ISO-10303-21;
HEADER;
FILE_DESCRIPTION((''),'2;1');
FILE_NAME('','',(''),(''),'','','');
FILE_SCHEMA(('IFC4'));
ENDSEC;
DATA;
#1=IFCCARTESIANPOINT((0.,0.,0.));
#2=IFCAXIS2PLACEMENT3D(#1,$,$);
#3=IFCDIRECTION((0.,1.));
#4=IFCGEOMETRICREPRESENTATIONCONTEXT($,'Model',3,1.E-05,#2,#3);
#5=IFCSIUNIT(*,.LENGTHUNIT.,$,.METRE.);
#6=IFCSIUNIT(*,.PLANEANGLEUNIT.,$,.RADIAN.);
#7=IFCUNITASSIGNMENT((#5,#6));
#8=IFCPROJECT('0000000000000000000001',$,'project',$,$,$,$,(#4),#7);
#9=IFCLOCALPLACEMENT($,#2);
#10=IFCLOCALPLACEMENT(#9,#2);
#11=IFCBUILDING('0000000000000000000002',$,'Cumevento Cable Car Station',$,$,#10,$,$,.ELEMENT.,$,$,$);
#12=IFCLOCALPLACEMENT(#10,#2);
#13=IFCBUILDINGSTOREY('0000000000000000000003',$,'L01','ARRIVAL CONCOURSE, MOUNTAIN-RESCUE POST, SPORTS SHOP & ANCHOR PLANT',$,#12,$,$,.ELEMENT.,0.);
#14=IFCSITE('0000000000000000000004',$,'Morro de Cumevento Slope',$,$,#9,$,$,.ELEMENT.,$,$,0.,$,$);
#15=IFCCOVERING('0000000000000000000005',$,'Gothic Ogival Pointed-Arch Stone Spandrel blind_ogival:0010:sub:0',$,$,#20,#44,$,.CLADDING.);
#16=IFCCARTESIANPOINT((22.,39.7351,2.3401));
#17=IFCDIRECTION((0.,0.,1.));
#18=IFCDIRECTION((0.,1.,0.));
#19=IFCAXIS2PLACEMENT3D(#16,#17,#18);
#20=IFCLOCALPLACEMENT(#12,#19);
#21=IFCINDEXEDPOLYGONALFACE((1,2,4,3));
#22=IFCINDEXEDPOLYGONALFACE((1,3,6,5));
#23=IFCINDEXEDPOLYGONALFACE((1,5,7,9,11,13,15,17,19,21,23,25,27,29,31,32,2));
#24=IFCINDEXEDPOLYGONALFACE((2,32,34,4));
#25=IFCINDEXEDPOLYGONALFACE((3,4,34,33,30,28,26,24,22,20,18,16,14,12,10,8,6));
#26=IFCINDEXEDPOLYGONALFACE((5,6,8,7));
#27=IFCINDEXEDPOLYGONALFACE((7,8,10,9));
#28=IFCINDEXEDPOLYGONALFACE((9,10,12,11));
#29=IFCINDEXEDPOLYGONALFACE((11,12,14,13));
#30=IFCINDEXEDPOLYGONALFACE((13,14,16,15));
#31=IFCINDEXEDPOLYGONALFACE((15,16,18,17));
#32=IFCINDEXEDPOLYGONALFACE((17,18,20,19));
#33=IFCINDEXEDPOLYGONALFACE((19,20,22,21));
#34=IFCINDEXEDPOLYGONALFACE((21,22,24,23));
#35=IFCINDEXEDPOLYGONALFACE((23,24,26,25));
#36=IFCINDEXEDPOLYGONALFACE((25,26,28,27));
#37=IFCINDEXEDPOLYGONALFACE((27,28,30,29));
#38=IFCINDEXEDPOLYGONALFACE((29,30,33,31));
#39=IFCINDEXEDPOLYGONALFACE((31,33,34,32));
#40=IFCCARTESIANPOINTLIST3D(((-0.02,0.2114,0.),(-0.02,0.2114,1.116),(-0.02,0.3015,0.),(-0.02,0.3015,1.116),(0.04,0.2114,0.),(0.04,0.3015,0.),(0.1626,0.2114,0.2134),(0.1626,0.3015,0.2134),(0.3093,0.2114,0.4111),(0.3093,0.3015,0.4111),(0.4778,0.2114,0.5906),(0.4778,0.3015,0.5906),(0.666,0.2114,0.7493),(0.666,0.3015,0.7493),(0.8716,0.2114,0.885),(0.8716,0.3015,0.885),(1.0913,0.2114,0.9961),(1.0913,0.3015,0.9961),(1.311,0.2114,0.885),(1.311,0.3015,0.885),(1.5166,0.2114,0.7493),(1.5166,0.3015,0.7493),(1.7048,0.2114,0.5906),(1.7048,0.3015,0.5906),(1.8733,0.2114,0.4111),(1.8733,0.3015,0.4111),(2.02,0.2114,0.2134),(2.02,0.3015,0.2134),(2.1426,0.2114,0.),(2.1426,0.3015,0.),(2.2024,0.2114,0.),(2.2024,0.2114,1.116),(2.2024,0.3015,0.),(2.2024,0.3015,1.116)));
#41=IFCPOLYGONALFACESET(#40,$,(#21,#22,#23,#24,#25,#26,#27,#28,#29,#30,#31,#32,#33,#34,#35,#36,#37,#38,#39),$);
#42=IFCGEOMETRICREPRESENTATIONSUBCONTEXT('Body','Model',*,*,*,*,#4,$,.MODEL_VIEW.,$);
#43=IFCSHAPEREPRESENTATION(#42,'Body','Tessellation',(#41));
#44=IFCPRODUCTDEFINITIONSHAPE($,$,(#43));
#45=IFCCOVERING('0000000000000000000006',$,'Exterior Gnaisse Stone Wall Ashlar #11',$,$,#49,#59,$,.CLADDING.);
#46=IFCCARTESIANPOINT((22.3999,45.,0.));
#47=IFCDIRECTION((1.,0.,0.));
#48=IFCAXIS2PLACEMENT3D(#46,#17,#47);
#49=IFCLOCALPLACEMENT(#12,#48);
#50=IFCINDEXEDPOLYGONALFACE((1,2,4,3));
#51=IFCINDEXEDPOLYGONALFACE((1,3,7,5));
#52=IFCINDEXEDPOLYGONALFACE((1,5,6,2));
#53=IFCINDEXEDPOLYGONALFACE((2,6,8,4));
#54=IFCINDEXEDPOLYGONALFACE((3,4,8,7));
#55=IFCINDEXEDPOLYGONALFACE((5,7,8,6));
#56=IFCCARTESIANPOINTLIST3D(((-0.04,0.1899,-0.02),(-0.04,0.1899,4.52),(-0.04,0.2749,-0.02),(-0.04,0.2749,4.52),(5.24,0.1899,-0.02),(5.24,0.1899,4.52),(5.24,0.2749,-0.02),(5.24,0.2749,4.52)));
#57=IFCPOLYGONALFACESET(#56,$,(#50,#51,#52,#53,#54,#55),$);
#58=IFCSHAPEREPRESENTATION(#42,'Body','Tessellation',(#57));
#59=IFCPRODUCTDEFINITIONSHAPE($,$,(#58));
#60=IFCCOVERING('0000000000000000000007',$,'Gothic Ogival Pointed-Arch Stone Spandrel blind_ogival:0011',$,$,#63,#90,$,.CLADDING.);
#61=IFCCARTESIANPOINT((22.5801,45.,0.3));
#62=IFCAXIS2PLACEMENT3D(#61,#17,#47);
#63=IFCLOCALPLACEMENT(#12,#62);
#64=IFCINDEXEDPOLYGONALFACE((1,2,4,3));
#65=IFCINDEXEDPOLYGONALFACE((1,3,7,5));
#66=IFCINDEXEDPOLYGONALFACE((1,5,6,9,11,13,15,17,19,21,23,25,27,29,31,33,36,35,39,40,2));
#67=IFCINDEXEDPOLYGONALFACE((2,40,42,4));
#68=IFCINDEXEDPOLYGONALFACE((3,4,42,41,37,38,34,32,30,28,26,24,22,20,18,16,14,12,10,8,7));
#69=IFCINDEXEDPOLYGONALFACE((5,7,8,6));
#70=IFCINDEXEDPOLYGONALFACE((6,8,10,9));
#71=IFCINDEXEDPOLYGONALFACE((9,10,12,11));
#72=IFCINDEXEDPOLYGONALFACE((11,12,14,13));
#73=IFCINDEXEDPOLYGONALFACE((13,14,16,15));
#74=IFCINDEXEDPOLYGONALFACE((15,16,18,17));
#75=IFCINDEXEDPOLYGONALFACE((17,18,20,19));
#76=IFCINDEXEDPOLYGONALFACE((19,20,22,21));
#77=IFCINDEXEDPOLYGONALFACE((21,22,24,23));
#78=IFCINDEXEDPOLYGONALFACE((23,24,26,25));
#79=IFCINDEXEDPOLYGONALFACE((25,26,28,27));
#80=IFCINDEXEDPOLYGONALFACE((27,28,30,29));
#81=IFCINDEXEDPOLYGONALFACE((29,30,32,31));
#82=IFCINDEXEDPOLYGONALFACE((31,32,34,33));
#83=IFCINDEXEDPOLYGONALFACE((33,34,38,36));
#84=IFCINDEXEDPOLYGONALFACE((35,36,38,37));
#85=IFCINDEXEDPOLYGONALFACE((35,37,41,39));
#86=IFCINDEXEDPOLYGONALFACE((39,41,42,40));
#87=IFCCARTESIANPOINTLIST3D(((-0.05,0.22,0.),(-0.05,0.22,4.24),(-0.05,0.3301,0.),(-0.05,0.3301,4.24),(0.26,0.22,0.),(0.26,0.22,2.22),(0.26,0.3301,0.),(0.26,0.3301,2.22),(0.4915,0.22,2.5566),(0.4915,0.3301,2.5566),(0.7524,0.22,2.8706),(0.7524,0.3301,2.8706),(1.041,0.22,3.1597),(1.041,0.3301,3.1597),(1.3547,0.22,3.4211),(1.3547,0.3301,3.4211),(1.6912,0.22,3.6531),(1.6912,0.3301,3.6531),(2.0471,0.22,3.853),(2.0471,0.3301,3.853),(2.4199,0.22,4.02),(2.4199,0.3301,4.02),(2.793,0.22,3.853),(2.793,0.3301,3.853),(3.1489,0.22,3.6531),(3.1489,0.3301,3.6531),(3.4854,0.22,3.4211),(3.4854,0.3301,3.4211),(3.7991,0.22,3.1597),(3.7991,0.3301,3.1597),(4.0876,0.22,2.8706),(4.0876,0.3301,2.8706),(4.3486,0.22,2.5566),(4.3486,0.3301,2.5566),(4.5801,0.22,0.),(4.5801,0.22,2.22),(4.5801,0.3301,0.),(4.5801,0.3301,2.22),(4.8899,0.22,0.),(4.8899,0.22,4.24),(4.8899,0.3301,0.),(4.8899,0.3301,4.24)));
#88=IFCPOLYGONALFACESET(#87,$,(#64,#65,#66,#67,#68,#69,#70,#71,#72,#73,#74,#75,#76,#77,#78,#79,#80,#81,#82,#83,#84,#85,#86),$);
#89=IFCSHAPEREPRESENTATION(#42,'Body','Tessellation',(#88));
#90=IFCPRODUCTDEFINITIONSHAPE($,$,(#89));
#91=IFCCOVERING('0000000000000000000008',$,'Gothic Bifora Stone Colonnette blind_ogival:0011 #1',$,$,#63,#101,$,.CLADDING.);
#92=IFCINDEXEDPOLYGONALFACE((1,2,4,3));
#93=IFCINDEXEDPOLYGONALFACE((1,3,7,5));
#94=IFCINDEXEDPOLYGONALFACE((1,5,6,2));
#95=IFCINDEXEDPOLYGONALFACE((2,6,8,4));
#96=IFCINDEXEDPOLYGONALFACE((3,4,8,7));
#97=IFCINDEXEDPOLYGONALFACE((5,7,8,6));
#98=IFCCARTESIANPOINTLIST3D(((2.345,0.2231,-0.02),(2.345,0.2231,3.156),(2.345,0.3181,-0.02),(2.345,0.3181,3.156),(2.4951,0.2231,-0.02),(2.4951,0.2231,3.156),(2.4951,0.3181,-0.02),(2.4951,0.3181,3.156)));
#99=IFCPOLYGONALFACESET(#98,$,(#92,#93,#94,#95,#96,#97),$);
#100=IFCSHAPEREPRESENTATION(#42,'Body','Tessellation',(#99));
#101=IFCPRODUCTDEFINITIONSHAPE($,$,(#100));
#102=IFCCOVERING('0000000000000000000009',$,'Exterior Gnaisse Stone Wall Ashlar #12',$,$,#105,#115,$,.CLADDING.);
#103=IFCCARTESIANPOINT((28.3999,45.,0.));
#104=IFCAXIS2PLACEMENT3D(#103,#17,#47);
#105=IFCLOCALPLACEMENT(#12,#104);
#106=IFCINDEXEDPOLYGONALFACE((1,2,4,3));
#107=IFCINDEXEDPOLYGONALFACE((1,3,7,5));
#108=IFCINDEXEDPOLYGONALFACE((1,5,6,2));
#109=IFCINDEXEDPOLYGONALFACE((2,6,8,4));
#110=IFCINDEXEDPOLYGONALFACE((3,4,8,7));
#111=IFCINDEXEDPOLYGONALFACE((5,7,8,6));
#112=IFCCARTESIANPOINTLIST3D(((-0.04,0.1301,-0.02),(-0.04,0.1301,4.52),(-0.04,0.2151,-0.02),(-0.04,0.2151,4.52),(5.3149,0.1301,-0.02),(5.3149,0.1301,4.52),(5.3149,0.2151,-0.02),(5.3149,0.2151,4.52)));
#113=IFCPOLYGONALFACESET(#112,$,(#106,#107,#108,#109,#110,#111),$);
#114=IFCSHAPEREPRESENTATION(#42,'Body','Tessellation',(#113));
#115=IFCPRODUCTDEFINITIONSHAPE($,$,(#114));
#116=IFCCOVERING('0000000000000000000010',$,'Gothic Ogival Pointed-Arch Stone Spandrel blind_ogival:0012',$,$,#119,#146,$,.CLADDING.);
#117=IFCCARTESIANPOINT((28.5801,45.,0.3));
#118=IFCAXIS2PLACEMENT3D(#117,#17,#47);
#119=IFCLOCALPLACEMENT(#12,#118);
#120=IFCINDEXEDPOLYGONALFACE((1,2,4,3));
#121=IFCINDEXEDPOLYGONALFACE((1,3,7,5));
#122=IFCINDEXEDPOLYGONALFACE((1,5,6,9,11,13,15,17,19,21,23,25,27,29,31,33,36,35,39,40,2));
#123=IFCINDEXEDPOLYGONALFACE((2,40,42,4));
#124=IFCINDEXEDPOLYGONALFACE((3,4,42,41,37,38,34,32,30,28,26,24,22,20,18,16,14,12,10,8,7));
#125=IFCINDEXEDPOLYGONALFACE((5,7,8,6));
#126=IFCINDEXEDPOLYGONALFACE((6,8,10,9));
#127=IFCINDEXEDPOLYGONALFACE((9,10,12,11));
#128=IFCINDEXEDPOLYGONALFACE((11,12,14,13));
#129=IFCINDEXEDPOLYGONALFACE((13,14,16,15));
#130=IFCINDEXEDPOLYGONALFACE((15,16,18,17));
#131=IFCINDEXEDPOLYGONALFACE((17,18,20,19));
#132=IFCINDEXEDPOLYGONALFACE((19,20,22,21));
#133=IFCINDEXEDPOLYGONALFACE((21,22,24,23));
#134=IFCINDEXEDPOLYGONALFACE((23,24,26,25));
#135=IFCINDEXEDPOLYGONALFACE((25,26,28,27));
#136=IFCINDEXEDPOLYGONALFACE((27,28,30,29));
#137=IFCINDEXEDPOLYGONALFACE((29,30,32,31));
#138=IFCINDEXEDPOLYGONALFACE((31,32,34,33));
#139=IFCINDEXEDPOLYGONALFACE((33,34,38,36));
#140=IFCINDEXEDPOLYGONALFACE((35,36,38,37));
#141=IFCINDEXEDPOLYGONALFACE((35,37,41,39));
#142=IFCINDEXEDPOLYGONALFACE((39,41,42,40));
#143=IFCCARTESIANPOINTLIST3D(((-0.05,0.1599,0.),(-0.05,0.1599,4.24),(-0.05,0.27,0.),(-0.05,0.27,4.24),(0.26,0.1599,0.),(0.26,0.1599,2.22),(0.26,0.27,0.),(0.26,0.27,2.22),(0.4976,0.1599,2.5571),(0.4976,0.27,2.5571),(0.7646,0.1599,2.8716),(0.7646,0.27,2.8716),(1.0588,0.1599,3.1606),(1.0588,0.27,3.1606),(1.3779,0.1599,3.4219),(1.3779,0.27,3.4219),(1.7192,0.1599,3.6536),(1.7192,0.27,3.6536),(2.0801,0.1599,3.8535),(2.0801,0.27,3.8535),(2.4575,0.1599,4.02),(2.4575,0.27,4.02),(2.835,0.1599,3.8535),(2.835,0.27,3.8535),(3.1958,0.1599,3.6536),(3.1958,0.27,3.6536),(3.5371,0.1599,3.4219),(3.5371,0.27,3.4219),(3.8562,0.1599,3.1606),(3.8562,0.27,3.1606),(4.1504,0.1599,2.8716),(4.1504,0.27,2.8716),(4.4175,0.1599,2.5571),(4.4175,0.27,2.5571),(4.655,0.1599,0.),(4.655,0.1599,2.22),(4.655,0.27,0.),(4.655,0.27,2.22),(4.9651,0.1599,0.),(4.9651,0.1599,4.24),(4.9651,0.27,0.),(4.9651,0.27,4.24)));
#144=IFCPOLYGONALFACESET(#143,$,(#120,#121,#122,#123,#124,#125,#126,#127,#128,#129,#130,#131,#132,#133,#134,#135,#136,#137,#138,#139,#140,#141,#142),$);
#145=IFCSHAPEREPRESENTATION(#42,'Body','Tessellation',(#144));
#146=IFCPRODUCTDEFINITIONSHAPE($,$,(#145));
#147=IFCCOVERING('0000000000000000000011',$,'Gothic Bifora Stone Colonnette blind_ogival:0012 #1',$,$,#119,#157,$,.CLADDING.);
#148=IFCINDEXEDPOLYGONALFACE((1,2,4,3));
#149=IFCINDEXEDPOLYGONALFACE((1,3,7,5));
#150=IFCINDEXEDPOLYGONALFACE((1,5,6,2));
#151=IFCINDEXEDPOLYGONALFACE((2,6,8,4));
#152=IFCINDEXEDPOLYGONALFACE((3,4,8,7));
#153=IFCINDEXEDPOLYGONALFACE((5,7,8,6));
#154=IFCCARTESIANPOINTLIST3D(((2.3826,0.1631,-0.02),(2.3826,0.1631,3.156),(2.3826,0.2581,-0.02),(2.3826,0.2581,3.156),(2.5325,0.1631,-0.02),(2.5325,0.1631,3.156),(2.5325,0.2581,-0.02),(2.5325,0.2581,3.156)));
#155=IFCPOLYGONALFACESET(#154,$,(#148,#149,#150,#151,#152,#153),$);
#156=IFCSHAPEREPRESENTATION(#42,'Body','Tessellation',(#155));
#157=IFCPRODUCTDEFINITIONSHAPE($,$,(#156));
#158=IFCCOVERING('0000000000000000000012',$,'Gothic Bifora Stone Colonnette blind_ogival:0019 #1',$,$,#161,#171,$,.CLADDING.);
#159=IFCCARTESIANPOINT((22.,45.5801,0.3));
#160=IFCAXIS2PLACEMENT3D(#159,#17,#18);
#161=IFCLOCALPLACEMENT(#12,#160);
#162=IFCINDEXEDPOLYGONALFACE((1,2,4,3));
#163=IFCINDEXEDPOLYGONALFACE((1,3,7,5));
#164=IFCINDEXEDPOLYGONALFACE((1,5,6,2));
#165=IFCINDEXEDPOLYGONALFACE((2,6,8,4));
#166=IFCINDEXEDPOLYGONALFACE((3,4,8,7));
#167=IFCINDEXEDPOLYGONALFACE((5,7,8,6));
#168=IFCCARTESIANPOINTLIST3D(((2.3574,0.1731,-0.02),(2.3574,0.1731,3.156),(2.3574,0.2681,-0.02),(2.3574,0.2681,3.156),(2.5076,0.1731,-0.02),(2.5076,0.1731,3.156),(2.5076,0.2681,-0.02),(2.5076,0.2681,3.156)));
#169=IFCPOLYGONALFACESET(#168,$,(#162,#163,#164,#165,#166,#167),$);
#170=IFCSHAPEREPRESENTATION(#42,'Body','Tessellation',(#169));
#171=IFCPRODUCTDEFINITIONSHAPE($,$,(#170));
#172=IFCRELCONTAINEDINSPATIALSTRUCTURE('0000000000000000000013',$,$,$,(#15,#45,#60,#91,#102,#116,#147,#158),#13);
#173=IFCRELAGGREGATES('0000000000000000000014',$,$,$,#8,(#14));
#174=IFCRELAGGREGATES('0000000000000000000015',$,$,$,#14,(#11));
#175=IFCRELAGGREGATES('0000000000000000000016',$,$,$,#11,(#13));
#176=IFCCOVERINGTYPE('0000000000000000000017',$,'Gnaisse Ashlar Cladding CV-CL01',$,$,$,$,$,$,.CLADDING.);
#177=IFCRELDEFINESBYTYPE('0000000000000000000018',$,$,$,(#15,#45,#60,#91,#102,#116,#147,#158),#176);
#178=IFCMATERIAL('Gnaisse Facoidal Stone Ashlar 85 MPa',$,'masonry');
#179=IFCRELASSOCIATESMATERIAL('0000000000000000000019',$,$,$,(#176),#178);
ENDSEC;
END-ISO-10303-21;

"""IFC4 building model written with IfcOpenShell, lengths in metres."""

from ifc_helpers import new_model, si_unit, direction, frame, origin, place, context, subcontext, project, spatial, polyline, outline, extrude, material, type_object, element, save


model = new_model("IFC4")

# Units and contexts
model_context = context("Model", 3, precision=1e-05, world=origin(), true_north=direction((0.0, 1.0)))
body_context = subcontext(model_context, "Body", "Model", "MODEL_VIEW")
ifc_project = project(units=[si_unit("LENGTHUNIT", "METRE"), si_unit("PLANEANGLEUNIT", "RADIAN")], contexts=[model_context])

# Site, building, storey
site_placement = place(None, origin())
site = spatial("IfcSite", under=ifc_project, at=site_placement, Name="Morro de Cumevento Slope", CompositionType="ELEMENT", RefElevation=0.0)
building_placement = place(site_placement, origin())
building = spatial("IfcBuilding", under=site, at=building_placement, Name="Cumevento Cable Car Station", CompositionType="ELEMENT")
storey_placement = place(building_placement, origin())
storey = spatial("IfcBuildingStorey", under=building, at=storey_placement, Name="L01", Description="ARRIVAL CONCOURSE, MOUNTAIN-RESCUE POST, SPORTS SHOP & ANCHOR PLANT", CompositionType="ELEMENT", Elevation=0.0)

# Coverings
ifc_material_1 = material(Name="Gnaisse Facoidal Stone Ashlar 85 MPa", Category="masonry")
covering_type = type_object("IfcCoveringType", Name="Gnaisse Ashlar Cladding CV-CL01", PredefinedType="CLADDING", material=ifc_material_1)
covering_1_placement = place(storey_placement, frame((22.0, 39.7351, 2.3401), z_axis=(0.0, 0.0, 1.0), x_axis=(0.0, 1.0, 0.0)))
element("IfcCovering", 1, at=covering_1_placement, inside=storey, type_object=covering_type, Name="Gothic Ogival Pointed-Arch Stone Spandrel blind_ogival:0010:sub:0", PredefinedType="CLADDING", context=body_context, shape_type="SweptSolid", body=[
    extrude(outline(polyline([(-0.02, 0.0), (-0.02, 1.116), (2.2024, 1.116), (2.2024, 0.0), (2.1426, 0.0), (2.02, 0.2134), (1.8733, 0.4111), (1.7048, 0.5906), (1.5166, 0.7493), (1.311, 0.885), (1.0913, 0.9961), (0.8716, 0.885), (0.666, 0.7493), (0.4778, 0.5906), (0.3093, 0.4111), (0.1626, 0.2134), (0.04, 0.0), (-0.02, 0.0)])), frame((0.0, 0.3015, 0.0), z_axis=(0.0, -1.0, 0.0), x_axis=(1.0, 0.0, 0.0)), (0.0, 0.0, 1.0), 0.0901),
])
covering_2_placement = place(storey_placement, frame((22.3999, 45.0, 0.0), z_axis=(0.0, 0.0, 1.0), x_axis=(1.0, 0.0, 0.0)))
element("IfcCovering", 2, at=covering_2_placement, inside=storey, type_object=covering_type, Name="Exterior Gnaisse Stone Wall Ashlar #11", PredefinedType="CLADDING", context=body_context, shape_type="SweptSolid", body=[
    extrude(outline(polyline([(-0.04, -0.02), (5.24, -0.02), (5.24, 4.52), (-0.04, 4.52), (-0.04, -0.02)])), frame((0.0, 0.2749, 0.0), z_axis=(0.0, -1.0, 0.0), x_axis=(1.0, 0.0, 0.0)), (0.0, 0.0, 1.0), 0.085),
])
placement_1 = place(storey_placement, frame((22.5801, 45.0, 0.3), z_axis=(0.0, 0.0, 1.0), x_axis=(1.0, 0.0, 0.0)))
element("IfcCovering", 3, at=placement_1, inside=storey, type_object=covering_type, Name="Gothic Ogival Pointed-Arch Stone Spandrel blind_ogival:0011", PredefinedType="CLADDING", context=body_context, shape_type="SweptSolid", body=[
    extrude(outline(polyline([(-0.05, 0.0), (-0.05, 4.24), (4.8899, 4.24), (4.8899, 0.0), (4.5801, 0.0), (4.5801, 2.22), (4.3486, 2.5566), (4.0876, 2.8706), (3.7991, 3.1597), (3.4854, 3.4211), (3.1489, 3.6531), (2.793, 3.853), (2.4199, 4.02), (2.0471, 3.853), (1.6912, 3.6531), (1.3547, 3.4211), (1.041, 3.1597), (0.7524, 2.8706), (0.4915, 2.5566), (0.26, 2.22), (0.26, 0.0), (-0.05, 0.0)])), frame((0.0, 0.3301, 0.0), z_axis=(0.0, -1.0, 0.0), x_axis=(1.0, 0.0, 0.0)), (0.0, 0.0, 1.0), 0.1101),
])
element("IfcCovering", 4, at=placement_1, inside=storey, type_object=covering_type, Name="Gothic Bifora Stone Colonnette blind_ogival:0011 #1", PredefinedType="CLADDING", context=body_context, shape_type="SweptSolid", body=[
    extrude(outline(polyline([(2.345, -0.02), (2.4951, -0.02), (2.4951, 3.156), (2.345, 3.156), (2.345, -0.02)])), frame((0.0, 0.3181, 0.0), z_axis=(0.0, -1.0, 0.0), x_axis=(1.0, 0.0, 0.0)), (0.0, 0.0, 1.0), 0.095),
])
covering_3_placement = place(storey_placement, frame((28.3999, 45.0, 0.0), z_axis=(0.0, 0.0, 1.0), x_axis=(1.0, 0.0, 0.0)))
element("IfcCovering", 5, at=covering_3_placement, inside=storey, type_object=covering_type, Name="Exterior Gnaisse Stone Wall Ashlar #12", PredefinedType="CLADDING", context=body_context, shape_type="SweptSolid", body=[
    extrude(outline(polyline([(-0.04, -0.02), (5.3149, -0.02), (5.3149, 4.52), (-0.04, 4.52), (-0.04, -0.02)])), frame((0.0, 0.2151, 0.0), z_axis=(0.0, -1.0, 0.0), x_axis=(1.0, 0.0, 0.0)), (0.0, 0.0, 1.0), 0.085),
])
placement_2 = place(storey_placement, frame((28.5801, 45.0, 0.3), z_axis=(0.0, 0.0, 1.0), x_axis=(1.0, 0.0, 0.0)))
element("IfcCovering", 6, at=placement_2, inside=storey, type_object=covering_type, Name="Gothic Ogival Pointed-Arch Stone Spandrel blind_ogival:0012", PredefinedType="CLADDING", context=body_context, shape_type="SweptSolid", body=[
    extrude(outline(polyline([(-0.05, 0.0), (-0.05, 4.24), (4.9651, 4.24), (4.9651, 0.0), (4.655, 0.0), (4.655, 2.22), (4.4175, 2.5571), (4.1504, 2.8716), (3.8562, 3.1606), (3.5371, 3.4219), (3.1958, 3.6536), (2.835, 3.8535), (2.4575, 4.02), (2.0801, 3.8535), (1.7192, 3.6536), (1.3779, 3.4219), (1.0588, 3.1606), (0.7646, 2.8716), (0.4976, 2.5571), (0.26, 2.22), (0.26, 0.0), (-0.05, 0.0)])), frame((0.0, 0.27, 0.0), z_axis=(0.0, -1.0, 0.0), x_axis=(1.0, 0.0, 0.0)), (0.0, 0.0, 1.0), 0.1101),
])
element("IfcCovering", 7, at=placement_2, inside=storey, type_object=covering_type, Name="Gothic Bifora Stone Colonnette blind_ogival:0012 #1", PredefinedType="CLADDING", context=body_context, shape_type="SweptSolid", body=[
    extrude(outline(polyline([(2.3826, -0.02), (2.5325, -0.02), (2.5325, 3.156), (2.3826, 3.156), (2.3826, -0.02)])), frame((0.0, 0.2581, 0.0), z_axis=(0.0, -1.0, 0.0), x_axis=(1.0, 0.0, 0.0)), (0.0, 0.0, 1.0), 0.095),
])
covering_4_placement = place(storey_placement, frame((22.0, 45.5801, 0.3), z_axis=(0.0, 0.0, 1.0), x_axis=(0.0, 1.0, 0.0)))
element("IfcCovering", 8, at=covering_4_placement, inside=storey, type_object=covering_type, Name="Gothic Bifora Stone Colonnette blind_ogival:0019 #1", PredefinedType="CLADDING", context=body_context, shape_type="SweptSolid", body=[
    extrude(outline(polyline([(2.3574, -0.02), (2.5076, -0.02), (2.5076, 3.156), (2.3574, 3.156), (2.3574, -0.02)])), frame((0.0, 0.2681, 0.0), z_axis=(0.0, -1.0, 0.0), x_axis=(1.0, 0.0, 0.0)), (0.0, 0.0, 1.0), 0.095),
])

save(model, "model.ifc")
